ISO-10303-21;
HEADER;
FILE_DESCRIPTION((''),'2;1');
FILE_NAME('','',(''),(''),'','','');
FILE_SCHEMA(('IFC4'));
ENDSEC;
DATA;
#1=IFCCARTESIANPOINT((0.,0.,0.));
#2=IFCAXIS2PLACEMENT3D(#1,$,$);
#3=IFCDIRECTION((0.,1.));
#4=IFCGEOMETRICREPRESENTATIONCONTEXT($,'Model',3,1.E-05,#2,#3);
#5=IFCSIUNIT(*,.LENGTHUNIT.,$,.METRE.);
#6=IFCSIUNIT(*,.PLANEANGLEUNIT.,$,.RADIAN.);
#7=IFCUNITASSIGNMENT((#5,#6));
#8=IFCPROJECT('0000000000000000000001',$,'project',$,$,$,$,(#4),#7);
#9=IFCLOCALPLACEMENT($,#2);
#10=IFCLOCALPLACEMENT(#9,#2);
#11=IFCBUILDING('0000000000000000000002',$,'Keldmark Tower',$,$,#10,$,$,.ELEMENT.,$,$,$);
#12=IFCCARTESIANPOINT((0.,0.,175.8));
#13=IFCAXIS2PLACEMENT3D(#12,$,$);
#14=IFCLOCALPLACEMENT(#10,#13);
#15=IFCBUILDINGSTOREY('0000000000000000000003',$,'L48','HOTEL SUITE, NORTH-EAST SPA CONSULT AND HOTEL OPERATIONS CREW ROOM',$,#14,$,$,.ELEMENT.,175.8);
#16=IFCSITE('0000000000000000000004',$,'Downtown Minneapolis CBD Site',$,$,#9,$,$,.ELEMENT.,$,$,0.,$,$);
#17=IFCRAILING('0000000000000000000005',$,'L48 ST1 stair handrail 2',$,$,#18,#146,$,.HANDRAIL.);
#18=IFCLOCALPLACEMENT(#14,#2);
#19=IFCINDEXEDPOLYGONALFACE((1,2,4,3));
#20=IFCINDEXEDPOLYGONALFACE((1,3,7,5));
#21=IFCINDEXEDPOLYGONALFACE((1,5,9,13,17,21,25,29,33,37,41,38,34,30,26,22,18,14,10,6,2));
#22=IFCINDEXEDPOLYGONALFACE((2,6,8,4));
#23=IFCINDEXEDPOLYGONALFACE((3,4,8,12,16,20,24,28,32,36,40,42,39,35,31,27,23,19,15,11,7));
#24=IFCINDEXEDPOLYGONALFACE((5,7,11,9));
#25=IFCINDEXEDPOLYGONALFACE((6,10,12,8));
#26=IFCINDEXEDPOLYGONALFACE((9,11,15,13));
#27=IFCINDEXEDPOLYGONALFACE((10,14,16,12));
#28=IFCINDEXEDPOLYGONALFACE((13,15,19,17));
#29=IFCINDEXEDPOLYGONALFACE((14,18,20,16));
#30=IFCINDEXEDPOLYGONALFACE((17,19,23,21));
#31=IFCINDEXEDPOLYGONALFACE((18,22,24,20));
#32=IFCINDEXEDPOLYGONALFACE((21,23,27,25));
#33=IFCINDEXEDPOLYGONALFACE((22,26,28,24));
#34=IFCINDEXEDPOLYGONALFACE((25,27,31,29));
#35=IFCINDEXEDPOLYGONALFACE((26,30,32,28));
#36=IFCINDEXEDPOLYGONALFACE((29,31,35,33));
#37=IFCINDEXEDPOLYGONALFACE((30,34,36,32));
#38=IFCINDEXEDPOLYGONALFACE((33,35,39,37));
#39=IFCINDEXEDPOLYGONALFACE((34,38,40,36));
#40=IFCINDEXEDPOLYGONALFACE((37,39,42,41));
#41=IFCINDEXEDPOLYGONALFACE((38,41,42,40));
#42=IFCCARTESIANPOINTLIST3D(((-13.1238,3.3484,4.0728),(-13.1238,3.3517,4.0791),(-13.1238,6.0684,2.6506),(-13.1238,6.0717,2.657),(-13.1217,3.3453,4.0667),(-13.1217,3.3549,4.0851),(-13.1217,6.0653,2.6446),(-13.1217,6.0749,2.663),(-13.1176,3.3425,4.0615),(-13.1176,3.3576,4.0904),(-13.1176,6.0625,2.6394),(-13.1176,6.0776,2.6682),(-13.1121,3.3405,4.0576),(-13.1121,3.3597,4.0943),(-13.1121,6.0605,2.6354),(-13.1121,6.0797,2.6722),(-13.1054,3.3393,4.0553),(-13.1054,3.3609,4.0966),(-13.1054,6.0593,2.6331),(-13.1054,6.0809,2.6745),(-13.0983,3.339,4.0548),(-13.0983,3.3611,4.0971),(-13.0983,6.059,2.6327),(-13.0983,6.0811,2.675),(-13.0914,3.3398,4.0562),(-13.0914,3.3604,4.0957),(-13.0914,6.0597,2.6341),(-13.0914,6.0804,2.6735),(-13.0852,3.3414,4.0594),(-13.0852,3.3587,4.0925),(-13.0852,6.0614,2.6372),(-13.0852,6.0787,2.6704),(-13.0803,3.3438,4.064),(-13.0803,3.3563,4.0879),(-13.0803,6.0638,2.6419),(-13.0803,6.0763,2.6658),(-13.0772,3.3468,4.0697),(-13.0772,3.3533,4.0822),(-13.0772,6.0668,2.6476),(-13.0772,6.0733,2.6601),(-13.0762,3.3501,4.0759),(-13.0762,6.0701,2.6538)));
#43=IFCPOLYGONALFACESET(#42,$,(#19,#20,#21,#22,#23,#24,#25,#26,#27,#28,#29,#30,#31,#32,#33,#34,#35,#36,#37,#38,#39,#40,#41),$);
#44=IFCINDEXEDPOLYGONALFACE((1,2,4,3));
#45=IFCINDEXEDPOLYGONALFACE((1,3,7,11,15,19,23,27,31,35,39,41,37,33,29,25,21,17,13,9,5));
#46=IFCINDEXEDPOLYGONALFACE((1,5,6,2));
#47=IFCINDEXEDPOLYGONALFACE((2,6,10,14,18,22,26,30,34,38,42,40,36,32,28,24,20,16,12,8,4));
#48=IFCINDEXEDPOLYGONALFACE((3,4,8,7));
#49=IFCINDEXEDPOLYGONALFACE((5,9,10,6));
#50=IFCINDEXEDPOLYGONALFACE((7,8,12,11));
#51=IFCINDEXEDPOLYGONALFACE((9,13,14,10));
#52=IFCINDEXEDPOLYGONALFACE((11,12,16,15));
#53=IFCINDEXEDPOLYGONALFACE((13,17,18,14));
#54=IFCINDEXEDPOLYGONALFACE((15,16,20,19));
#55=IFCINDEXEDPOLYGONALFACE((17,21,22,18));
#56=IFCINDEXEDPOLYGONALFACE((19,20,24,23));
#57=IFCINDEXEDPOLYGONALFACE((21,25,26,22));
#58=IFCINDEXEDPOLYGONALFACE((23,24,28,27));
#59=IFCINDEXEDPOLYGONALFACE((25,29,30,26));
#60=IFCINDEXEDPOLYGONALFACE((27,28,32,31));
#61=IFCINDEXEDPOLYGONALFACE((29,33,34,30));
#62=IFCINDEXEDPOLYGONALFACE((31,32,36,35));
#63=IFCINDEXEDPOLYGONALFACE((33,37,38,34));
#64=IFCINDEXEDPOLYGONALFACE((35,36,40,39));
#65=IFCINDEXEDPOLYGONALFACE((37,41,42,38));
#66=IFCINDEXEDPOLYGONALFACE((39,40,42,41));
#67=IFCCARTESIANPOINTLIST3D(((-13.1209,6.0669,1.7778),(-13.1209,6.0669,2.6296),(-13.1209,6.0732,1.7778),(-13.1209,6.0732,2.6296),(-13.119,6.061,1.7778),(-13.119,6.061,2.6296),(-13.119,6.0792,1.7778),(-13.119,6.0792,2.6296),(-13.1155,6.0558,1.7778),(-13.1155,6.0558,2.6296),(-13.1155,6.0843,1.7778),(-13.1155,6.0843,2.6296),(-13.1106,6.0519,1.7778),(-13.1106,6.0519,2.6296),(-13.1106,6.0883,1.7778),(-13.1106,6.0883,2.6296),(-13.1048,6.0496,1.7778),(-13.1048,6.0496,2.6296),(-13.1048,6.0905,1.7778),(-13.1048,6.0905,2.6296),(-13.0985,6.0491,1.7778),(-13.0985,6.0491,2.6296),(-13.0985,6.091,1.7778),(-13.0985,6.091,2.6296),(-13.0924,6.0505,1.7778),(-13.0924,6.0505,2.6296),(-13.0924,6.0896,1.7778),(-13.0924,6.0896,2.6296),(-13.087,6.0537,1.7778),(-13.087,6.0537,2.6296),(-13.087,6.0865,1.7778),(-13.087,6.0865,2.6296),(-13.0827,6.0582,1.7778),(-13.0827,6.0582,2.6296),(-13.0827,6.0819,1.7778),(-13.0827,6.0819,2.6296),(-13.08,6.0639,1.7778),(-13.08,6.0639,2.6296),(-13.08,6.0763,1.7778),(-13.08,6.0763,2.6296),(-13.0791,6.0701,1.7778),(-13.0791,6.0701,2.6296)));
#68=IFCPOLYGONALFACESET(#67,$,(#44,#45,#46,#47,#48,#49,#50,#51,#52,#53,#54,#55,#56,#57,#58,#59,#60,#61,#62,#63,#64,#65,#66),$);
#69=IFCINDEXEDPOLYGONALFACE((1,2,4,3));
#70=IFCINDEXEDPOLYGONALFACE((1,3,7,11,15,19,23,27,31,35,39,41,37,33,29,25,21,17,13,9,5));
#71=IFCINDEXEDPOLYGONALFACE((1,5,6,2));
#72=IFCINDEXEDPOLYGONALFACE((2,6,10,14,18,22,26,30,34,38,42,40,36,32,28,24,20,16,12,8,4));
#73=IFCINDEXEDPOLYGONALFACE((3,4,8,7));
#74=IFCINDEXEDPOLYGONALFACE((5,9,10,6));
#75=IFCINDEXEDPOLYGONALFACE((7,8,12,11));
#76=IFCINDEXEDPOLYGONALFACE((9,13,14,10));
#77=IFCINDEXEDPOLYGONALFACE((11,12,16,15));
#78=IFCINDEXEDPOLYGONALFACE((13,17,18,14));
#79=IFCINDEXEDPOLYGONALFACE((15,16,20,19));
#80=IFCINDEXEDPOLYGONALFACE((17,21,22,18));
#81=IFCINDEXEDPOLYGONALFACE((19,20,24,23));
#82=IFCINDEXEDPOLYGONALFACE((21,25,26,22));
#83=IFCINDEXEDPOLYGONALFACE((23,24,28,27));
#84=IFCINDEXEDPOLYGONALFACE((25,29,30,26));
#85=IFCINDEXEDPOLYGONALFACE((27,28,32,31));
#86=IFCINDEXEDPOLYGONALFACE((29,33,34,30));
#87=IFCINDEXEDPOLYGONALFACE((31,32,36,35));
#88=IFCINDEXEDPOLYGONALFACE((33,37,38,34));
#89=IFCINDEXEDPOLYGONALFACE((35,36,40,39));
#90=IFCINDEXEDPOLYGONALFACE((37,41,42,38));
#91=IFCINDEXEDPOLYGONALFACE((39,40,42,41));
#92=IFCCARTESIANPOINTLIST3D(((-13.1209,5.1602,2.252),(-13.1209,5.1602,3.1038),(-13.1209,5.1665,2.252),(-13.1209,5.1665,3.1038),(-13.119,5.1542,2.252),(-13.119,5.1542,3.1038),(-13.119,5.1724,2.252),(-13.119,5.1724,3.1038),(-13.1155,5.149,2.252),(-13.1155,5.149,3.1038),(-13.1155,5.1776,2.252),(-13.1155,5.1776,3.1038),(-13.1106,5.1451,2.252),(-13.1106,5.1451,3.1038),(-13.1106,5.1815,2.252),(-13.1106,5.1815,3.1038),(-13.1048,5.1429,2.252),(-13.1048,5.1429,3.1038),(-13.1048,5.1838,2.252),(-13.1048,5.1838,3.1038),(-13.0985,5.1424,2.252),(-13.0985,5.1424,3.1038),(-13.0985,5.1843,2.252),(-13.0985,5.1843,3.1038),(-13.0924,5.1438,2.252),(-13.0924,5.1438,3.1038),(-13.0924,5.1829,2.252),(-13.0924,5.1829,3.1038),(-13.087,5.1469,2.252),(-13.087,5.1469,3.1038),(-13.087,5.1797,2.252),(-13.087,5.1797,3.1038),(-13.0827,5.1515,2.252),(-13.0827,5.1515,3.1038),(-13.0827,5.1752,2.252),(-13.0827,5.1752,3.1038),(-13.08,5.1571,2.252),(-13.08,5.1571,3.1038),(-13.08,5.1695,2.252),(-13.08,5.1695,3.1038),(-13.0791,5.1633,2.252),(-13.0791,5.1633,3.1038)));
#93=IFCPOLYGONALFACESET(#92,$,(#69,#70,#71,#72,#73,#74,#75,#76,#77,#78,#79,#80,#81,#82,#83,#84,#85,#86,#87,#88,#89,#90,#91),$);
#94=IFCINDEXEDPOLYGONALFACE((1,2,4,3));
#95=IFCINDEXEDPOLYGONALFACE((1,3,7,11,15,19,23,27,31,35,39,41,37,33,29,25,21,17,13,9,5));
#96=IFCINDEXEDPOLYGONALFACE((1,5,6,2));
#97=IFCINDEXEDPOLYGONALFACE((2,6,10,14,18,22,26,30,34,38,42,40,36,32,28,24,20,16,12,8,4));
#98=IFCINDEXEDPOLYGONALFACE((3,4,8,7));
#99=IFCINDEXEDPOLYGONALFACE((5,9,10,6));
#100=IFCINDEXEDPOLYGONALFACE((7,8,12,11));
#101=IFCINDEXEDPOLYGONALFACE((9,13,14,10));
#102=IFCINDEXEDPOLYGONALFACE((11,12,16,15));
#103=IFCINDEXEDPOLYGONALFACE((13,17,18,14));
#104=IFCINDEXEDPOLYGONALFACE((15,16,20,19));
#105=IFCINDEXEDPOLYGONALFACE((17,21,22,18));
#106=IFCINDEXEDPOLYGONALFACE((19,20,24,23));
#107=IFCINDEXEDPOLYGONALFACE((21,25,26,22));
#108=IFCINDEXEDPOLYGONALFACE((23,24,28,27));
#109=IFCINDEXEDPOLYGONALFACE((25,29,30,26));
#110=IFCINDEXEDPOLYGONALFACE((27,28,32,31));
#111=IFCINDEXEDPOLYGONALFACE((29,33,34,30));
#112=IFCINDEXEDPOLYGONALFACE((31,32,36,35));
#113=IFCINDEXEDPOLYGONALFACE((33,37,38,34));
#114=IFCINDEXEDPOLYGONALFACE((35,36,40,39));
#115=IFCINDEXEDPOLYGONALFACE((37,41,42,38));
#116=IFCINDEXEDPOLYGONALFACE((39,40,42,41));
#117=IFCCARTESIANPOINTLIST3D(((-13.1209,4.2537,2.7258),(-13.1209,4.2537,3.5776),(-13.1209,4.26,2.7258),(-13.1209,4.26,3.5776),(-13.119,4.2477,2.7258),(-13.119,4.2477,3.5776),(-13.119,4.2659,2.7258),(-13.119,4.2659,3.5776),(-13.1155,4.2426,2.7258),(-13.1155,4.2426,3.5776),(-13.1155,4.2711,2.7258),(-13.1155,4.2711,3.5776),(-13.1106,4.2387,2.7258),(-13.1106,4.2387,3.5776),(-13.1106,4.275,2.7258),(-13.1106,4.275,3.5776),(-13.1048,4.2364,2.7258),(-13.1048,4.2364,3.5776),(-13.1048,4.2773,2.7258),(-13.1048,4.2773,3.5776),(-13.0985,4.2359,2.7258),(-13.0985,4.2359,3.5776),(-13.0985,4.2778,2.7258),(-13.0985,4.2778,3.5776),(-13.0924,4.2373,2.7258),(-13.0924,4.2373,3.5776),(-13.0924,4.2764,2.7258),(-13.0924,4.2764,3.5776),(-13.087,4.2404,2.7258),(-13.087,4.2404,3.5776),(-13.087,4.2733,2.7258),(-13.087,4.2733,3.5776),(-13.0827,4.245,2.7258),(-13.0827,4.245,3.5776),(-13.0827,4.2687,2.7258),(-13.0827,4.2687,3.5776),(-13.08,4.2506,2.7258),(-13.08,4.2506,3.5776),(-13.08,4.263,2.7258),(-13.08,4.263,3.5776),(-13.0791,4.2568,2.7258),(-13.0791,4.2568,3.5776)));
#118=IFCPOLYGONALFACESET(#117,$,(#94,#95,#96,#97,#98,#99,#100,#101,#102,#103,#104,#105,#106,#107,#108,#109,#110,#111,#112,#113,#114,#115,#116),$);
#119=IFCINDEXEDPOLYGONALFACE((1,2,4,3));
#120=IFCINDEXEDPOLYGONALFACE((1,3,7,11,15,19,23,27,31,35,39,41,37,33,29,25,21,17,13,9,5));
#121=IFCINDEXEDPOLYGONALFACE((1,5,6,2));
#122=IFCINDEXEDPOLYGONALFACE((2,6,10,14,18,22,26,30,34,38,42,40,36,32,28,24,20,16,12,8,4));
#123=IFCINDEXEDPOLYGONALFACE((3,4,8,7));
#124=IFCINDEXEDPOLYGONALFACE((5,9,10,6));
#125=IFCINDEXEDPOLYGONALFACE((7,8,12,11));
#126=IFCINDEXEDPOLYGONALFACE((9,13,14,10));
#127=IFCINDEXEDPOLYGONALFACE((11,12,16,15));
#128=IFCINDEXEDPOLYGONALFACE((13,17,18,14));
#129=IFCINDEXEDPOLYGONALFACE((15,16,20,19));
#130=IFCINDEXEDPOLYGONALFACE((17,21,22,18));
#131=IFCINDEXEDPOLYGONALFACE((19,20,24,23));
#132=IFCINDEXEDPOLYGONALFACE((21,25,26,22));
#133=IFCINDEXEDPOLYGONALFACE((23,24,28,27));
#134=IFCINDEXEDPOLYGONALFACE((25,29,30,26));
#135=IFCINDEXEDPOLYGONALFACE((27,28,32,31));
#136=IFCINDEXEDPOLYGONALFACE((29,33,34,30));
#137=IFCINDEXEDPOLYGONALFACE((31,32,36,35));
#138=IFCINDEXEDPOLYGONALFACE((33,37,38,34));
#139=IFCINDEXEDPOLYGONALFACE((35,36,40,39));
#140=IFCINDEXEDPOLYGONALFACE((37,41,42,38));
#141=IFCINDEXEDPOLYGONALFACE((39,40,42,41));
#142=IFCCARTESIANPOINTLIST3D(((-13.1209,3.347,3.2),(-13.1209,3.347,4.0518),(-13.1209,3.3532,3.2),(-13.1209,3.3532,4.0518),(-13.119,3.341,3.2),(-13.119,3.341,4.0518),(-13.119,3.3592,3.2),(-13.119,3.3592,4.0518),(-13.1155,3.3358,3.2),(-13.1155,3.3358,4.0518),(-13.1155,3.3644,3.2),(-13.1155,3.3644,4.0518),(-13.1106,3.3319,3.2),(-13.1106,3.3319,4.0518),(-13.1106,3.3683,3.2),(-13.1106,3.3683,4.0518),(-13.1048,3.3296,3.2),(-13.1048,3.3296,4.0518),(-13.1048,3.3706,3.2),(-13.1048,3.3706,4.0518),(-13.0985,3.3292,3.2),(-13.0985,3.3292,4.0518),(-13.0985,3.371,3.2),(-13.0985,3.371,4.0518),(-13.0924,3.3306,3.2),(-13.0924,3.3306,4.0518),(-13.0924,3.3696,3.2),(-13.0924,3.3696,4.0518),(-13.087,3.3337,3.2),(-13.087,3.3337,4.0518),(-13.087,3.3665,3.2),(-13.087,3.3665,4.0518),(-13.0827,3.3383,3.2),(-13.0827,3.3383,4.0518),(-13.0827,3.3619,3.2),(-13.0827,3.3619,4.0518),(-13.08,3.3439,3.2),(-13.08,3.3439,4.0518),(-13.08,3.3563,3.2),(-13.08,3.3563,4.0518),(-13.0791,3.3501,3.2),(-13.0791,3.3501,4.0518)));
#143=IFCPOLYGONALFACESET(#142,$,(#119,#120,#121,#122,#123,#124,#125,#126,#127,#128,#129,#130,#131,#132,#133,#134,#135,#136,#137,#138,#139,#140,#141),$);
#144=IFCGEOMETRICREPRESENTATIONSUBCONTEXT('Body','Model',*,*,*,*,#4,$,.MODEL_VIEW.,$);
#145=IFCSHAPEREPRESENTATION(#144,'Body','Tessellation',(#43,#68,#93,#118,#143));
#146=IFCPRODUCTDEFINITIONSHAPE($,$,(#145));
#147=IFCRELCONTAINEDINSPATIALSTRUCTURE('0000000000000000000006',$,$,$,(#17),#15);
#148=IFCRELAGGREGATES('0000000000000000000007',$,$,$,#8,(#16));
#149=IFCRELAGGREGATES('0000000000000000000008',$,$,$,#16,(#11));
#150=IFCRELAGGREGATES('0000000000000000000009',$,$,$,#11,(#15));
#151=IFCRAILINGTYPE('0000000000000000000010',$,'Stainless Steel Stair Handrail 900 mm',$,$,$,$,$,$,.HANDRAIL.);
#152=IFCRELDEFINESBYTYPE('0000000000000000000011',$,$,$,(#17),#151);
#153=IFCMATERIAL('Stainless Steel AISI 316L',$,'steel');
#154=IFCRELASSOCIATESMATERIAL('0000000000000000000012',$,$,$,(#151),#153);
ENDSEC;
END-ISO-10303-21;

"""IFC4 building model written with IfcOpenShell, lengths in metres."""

from ifc_helpers import new_model, si_unit, direction, frame, origin, origin_2d, place, context, subcontext, project, spatial, circle, extrude, material, type_object, element, save


model = new_model("IFC4")

# Units and contexts
model_context = context("Model", 3, precision=1e-05, world=origin(), true_north=direction((0.0, 1.0)))
body_context = subcontext(model_context, "Body", "Model", "MODEL_VIEW")
ifc_project = project(units=[si_unit("LENGTHUNIT", "METRE"), si_unit("PLANEANGLEUNIT", "RADIAN")], contexts=[model_context])

# Site, building, storey
site_placement = place(None, origin())
site = spatial("IfcSite", under=ifc_project, at=site_placement, Name="Downtown Minneapolis CBD Site", CompositionType="ELEMENT", RefElevation=0.0)
building_placement = place(site_placement, origin())
building = spatial("IfcBuilding", under=site, at=building_placement, Name="Keldmark Tower", CompositionType="ELEMENT")
storey_placement = place(building_placement, frame((0.0, 0.0, 175.8)))
storey = spatial("IfcBuildingStorey", under=building, at=storey_placement, Name="L48", Description="HOTEL SUITE, NORTH-EAST SPA CONSULT AND HOTEL OPERATIONS CREW ROOM", CompositionType="ELEMENT", Elevation=175.8)

# Railing
ifc_material_1 = material(Name="Stainless Steel AISI 316L", Category="steel")
railing_type_1 = type_object("IfcRailingType", Name="Stainless Steel Stair Handrail 900 mm", PredefinedType="HANDRAIL", material=ifc_material_1)
railing_1_placement = place(storey_placement, frame((-13.1001, 6.0701, 1.7778)))
element("IfcRailing", 1, at=railing_1_placement, inside=storey, type_object=railing_type_1, Name="L48 ST1 stair handrail 2", PredefinedType="HANDRAIL", context=body_context, shape_type="SweptSolid", body=[
    extrude(circle(Radius=0.0239, at=origin_2d()), frame((0.0, 0.0, 0.876), z_axis=(0.0, -0.886183, 0.463335), x_axis=(1.0, 0.0, 0.0)), (0.0, 0.0, 1.0), 3.0693),
    extrude(circle(Radius=0.021, at=origin_2d()), origin(), (0.0, 0.0, 1.0), 0.8518),
    extrude(circle(Radius=0.021, at=origin_2d()), frame((0.0, -0.9067, 0.4741)), (0.0, 0.0, 1.0), 0.8518),
    extrude(circle(Radius=0.021, at=origin_2d()), frame((0.0, -1.8132, 0.948)), (0.0, 0.0, 1.0), 0.8518),
    extrude(circle(Radius=0.021, at=origin_2d()), frame((0.0, -2.72, 1.4221)), (0.0, 0.0, 1.0), 0.8518),
])

save(model, "model.ifc")
